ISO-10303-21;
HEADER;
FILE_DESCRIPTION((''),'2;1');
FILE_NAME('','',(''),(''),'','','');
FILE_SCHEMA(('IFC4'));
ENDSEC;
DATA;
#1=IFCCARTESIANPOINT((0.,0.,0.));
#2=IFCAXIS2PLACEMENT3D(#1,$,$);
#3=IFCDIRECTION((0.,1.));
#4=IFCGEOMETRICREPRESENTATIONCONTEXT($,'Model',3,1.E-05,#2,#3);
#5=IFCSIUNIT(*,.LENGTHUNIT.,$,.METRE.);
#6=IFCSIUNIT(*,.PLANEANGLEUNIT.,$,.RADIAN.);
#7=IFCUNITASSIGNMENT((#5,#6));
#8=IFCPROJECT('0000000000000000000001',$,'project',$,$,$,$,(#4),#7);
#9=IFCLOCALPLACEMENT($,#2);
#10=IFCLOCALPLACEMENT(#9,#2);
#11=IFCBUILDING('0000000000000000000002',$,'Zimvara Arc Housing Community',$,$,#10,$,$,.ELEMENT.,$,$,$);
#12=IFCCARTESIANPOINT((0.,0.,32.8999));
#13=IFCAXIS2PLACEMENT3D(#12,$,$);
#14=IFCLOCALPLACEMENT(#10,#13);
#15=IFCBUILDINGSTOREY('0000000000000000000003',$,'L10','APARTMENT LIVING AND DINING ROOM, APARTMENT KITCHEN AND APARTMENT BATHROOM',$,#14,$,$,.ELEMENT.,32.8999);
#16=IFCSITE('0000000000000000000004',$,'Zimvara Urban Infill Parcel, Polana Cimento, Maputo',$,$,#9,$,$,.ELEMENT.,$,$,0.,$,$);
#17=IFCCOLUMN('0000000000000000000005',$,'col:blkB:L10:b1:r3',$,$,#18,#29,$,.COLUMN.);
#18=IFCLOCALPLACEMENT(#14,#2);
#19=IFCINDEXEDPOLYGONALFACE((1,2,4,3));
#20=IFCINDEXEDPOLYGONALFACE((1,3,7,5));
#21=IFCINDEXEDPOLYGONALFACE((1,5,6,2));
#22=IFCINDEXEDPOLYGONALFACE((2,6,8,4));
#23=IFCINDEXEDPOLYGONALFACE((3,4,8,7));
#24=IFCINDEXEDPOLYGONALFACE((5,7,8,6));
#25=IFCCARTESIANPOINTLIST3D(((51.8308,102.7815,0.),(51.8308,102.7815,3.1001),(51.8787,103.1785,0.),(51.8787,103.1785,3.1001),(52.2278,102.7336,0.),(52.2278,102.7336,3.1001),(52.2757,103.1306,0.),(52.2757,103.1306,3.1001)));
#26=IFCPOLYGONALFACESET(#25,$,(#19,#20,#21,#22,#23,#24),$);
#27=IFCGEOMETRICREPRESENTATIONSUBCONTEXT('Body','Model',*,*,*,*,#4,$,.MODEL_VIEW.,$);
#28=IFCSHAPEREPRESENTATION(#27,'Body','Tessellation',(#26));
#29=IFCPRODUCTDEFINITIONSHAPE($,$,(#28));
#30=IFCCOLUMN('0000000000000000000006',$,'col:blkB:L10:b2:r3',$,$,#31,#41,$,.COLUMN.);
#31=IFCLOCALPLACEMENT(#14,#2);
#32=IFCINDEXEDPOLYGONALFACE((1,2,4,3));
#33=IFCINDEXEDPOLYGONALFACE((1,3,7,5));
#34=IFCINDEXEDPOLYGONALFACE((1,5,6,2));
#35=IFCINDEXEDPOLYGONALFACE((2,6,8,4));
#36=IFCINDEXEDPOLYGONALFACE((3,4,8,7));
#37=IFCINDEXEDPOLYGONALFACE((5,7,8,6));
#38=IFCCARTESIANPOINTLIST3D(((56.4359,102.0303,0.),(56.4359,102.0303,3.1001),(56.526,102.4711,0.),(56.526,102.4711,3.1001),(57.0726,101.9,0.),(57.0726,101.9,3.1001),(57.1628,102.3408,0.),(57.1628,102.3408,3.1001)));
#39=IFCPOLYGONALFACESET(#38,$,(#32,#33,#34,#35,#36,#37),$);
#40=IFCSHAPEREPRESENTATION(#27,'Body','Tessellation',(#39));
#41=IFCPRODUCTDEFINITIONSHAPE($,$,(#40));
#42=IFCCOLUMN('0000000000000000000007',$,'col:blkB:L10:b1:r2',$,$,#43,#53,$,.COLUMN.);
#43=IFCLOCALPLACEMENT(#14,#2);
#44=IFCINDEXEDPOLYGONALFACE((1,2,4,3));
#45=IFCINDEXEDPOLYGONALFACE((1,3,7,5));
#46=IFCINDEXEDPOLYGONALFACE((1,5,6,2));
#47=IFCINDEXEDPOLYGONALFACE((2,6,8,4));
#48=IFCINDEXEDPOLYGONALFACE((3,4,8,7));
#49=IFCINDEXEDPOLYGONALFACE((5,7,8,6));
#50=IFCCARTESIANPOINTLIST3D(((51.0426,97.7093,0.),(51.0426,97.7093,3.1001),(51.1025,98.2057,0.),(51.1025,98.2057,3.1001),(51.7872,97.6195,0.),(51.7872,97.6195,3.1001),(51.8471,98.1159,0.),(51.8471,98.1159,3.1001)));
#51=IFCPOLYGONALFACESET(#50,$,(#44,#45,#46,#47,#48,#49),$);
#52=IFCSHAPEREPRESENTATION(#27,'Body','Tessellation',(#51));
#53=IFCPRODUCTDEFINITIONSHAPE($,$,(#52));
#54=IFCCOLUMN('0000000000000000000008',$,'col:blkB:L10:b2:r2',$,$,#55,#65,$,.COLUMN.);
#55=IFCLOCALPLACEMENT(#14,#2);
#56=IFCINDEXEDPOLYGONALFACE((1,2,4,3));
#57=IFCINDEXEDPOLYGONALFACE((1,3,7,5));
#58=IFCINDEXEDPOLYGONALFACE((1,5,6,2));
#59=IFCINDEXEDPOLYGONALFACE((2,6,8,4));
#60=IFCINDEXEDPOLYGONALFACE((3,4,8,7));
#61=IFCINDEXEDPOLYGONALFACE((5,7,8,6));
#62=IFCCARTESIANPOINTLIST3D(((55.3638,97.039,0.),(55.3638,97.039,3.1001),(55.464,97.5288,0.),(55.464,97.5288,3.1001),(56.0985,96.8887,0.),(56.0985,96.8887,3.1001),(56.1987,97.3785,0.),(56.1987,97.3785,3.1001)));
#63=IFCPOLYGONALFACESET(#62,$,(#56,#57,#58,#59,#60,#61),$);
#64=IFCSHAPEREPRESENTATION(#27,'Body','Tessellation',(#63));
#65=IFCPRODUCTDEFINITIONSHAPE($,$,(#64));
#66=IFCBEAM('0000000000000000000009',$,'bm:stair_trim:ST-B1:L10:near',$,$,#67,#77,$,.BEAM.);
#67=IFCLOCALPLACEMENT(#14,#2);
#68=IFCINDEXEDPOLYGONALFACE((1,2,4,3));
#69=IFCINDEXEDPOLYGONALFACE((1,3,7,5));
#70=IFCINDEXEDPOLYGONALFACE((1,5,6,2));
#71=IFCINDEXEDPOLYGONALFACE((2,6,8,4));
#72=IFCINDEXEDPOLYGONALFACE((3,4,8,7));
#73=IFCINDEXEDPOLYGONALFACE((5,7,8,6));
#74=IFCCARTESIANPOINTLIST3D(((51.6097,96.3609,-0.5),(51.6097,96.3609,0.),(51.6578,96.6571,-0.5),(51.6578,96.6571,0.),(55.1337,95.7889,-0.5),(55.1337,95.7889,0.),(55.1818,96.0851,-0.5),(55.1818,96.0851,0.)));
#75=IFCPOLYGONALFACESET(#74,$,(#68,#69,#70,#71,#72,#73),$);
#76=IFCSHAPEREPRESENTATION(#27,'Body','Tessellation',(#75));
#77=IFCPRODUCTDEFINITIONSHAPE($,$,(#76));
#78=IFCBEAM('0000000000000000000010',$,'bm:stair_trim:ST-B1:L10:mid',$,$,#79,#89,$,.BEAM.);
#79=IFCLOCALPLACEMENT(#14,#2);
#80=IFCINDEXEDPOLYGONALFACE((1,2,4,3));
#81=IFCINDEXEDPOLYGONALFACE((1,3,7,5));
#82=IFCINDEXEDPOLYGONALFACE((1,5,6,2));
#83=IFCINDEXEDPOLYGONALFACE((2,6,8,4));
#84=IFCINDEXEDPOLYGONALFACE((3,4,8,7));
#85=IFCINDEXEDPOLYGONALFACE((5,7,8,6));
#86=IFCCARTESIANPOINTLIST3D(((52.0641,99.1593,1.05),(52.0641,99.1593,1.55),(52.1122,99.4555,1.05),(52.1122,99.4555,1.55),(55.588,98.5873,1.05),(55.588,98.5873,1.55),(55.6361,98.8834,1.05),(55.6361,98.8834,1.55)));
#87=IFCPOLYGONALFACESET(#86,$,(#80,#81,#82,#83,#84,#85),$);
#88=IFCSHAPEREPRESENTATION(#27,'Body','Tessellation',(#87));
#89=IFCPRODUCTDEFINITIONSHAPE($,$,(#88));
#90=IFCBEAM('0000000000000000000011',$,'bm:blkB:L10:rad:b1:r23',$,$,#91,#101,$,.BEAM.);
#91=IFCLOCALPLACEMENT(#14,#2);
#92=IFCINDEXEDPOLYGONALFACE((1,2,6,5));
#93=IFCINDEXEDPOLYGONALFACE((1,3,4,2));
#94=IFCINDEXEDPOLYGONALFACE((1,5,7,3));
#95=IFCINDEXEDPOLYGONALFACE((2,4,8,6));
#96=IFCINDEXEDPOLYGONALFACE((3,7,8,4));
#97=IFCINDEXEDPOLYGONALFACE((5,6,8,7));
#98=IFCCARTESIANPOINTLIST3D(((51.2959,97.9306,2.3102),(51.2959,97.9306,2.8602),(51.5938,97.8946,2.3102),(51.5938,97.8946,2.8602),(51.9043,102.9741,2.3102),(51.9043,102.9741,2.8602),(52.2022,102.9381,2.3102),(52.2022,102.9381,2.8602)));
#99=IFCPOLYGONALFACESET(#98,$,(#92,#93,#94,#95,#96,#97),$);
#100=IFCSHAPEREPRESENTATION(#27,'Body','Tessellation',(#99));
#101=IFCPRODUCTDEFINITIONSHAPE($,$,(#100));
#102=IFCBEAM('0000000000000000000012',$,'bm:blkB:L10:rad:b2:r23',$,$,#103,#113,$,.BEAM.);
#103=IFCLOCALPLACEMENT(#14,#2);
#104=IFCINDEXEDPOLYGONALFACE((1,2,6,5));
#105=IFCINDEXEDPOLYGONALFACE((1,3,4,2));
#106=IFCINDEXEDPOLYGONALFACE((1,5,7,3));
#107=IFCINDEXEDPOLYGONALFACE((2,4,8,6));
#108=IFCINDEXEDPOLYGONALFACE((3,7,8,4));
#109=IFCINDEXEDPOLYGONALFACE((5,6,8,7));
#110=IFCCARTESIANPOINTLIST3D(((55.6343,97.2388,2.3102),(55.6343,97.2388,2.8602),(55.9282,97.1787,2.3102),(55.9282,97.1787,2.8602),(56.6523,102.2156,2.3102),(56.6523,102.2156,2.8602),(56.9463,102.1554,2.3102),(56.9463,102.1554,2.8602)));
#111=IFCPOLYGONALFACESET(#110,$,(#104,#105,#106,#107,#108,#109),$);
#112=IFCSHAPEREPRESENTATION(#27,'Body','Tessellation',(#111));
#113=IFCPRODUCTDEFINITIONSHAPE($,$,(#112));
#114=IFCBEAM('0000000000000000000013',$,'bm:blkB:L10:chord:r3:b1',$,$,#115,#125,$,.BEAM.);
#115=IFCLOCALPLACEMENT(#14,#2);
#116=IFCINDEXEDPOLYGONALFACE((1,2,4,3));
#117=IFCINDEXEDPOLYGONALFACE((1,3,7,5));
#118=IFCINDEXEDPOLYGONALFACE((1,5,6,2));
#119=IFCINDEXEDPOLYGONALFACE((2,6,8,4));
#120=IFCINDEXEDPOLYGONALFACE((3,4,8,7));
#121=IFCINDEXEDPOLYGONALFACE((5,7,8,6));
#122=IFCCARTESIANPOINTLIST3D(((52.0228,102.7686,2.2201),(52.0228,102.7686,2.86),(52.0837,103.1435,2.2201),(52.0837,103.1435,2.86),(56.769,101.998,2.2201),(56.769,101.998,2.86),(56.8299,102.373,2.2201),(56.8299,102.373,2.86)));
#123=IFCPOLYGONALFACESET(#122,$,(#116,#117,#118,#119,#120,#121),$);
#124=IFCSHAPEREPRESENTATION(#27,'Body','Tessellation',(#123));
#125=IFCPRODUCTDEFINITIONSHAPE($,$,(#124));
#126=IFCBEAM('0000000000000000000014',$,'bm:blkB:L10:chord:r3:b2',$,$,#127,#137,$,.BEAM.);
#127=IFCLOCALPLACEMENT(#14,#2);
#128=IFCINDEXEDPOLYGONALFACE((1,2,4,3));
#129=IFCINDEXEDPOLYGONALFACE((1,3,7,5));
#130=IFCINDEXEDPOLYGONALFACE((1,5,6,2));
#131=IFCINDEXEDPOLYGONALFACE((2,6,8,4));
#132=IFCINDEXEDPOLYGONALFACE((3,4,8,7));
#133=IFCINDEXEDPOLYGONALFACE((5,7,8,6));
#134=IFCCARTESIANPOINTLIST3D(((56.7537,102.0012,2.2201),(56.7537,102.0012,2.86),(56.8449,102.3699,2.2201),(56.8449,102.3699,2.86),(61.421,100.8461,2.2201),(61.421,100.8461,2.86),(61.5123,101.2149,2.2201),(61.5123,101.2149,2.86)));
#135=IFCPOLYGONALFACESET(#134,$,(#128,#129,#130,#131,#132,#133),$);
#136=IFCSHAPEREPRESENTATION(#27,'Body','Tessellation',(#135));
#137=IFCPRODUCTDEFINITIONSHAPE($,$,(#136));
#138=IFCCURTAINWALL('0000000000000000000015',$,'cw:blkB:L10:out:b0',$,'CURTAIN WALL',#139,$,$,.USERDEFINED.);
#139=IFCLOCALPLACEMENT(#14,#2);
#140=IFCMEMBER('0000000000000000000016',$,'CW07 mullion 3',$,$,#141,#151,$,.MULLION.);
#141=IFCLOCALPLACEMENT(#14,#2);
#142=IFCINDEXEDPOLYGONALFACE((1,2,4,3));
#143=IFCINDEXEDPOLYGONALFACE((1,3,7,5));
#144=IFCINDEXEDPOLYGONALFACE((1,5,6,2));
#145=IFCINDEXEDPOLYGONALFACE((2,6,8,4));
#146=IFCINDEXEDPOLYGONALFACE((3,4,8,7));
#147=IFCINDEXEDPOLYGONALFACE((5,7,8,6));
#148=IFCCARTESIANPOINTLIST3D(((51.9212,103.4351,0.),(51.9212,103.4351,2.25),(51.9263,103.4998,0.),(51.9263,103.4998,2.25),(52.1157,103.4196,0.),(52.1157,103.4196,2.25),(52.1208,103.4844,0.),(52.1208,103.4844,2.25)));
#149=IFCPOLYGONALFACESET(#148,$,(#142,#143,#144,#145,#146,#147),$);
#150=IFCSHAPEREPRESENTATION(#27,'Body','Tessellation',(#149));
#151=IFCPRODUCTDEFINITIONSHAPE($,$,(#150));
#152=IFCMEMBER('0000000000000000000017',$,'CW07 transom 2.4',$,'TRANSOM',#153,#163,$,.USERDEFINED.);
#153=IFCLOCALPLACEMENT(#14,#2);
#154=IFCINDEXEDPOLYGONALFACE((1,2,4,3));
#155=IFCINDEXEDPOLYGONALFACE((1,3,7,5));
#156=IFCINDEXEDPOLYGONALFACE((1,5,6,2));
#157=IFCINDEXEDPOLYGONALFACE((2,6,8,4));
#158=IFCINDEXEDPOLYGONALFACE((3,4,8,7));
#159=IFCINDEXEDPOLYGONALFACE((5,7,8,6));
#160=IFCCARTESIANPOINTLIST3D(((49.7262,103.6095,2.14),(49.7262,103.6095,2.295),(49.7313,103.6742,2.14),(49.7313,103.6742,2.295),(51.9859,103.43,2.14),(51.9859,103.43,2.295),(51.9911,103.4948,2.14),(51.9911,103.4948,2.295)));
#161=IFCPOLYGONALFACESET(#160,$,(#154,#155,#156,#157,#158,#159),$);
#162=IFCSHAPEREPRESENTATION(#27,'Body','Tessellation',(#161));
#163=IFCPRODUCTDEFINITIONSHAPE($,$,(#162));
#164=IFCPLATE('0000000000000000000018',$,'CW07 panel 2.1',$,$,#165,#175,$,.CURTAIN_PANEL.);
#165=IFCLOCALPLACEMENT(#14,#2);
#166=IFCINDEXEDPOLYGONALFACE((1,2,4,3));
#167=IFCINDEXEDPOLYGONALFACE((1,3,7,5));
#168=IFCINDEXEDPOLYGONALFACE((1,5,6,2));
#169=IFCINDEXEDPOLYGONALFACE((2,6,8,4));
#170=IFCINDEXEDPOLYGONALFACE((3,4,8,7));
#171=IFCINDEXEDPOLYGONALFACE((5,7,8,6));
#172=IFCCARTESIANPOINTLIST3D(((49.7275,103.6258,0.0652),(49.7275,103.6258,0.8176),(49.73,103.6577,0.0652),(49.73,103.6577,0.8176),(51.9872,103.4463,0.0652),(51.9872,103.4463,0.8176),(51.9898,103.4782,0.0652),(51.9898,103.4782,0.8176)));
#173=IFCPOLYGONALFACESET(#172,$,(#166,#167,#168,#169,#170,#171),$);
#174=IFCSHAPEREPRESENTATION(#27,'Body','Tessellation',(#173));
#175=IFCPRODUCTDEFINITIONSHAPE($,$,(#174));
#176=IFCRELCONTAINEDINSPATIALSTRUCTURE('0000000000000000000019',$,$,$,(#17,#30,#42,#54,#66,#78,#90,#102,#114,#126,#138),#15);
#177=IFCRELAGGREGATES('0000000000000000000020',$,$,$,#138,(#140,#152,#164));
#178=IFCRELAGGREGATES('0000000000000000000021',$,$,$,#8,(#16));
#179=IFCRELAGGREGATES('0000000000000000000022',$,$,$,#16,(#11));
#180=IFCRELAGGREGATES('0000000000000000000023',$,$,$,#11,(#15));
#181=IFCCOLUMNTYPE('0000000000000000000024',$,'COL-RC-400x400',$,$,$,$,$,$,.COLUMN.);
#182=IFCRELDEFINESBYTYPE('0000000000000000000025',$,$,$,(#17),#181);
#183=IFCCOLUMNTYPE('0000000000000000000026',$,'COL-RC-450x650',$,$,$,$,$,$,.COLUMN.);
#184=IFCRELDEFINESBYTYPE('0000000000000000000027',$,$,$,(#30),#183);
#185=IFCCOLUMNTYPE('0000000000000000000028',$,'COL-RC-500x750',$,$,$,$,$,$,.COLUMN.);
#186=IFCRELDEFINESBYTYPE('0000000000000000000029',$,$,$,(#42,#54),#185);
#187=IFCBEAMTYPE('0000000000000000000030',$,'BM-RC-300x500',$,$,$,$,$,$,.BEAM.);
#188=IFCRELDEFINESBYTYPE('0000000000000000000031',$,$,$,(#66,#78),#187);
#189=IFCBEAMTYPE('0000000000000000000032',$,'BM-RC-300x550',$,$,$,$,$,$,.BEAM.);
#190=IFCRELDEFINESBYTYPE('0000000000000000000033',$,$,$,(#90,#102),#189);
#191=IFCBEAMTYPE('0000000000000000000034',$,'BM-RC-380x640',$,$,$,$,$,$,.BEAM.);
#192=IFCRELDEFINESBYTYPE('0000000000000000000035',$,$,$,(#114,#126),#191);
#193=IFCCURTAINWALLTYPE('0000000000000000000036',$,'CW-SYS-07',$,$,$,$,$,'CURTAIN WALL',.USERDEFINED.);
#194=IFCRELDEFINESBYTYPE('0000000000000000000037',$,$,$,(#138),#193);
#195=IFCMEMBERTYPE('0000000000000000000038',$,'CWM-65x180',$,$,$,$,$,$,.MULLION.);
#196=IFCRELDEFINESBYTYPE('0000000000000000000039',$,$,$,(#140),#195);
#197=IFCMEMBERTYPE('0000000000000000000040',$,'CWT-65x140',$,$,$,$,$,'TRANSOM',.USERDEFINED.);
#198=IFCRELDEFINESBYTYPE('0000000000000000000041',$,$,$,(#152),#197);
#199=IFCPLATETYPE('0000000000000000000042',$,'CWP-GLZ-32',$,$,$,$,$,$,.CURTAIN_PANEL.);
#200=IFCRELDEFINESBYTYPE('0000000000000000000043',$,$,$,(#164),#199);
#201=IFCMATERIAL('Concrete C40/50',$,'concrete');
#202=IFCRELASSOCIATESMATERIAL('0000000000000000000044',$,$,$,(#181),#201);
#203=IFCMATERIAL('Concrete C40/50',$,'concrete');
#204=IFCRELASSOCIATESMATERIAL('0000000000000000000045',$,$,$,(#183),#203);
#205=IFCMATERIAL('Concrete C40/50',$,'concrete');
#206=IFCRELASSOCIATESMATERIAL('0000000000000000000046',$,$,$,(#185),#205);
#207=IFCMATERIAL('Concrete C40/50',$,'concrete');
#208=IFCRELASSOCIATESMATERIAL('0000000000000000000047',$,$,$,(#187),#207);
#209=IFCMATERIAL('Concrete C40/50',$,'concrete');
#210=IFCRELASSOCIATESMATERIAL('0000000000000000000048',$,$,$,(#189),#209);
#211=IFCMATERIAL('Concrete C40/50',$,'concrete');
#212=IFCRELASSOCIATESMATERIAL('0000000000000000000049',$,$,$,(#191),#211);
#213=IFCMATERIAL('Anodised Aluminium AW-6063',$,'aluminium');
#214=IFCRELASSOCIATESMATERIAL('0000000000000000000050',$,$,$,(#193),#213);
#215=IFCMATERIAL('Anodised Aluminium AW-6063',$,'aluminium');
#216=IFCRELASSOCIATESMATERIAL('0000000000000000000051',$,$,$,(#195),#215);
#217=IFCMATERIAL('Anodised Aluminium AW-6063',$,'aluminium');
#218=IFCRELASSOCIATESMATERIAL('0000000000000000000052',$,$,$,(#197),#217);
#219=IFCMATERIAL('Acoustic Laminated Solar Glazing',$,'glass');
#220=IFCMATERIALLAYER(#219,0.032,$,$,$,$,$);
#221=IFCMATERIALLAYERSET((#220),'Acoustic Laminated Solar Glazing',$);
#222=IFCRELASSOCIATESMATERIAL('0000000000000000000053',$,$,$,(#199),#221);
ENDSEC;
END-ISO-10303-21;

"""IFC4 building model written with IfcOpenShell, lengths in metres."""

from ifc_helpers import new_model, si_unit, direction, frame, origin, origin_2d, place, context, subcontext, project, spatial, rectangle, extrude, material, layer, layer_set, material_profile, profile_set, type_object, element, aggregate, save


model = new_model("IFC4")

# Units and contexts
model_context = context("Model", 3, precision=1e-05, world=origin(), true_north=direction((0.0, 1.0)))
body_context = subcontext(model_context, "Body", "Model", "MODEL_VIEW")
ifc_project = project(units=[si_unit("LENGTHUNIT", "METRE"), si_unit("PLANEANGLEUNIT", "RADIAN")], contexts=[model_context])

# Site, building, storey
site_placement = place(None, origin())
site = spatial("IfcSite", under=ifc_project, at=site_placement, Name="Zimvara Urban Infill Parcel, Polana Cimento, Maputo", CompositionType="ELEMENT", RefElevation=0.0)
building_placement = place(site_placement, origin())
building = spatial("IfcBuilding", under=site, at=building_placement, Name="Zimvara Arc Housing Community", CompositionType="ELEMENT")
storey_placement = place(building_placement, frame((0.0, 0.0, 32.8999)))
storey = spatial("IfcBuildingStorey", under=building, at=storey_placement, Name="L10", Description="APARTMENT LIVING AND DINING ROOM, APARTMENT KITCHEN AND APARTMENT BATHROOM", CompositionType="ELEMENT", Elevation=32.8999)

# Columns
ifc_material_1 = material(Name="Concrete C40/50", Category="concrete")
ifc_material_profile_1 = material_profile(ifc_material_1, rectangle(XDim=0.3999, YDim=0.3999, at=origin_2d()), Name="RC 400x400")
ifc_profile_set_1 = profile_set([ifc_material_profile_1], Name="Concrete C40/50")
column_type_1 = type_object("IfcColumnType", Name="COL-RC-400x400", PredefinedType="COLUMN", material=ifc_profile_set_1)
column_1_placement = place(storey_placement, frame((52.0532, 102.9561, 0.0), z_axis=(0.0, 0.0, 1.0), x_axis=(0.11979, 0.992799, 0.0)))
element("IfcColumn", 1, at=column_1_placement, inside=storey, type_object=column_type_1, Name="col:blkB:L10:b1:r3", PredefinedType="COLUMN", context=body_context, shape_type="SweptSolid", body=[
    extrude(rectangle(XDim=0.3999, YDim=0.3999, at=origin_2d()), origin(), (0.0, 0.0, 1.0), 3.1001),
])
ifc_material_2 = material(Name="Concrete C40/50", Category="concrete")
ifc_material_profile_2 = material_profile(ifc_material_2, rectangle(XDim=0.45, YDim=0.6499, at=origin_2d()), Name="RC 450x650")
ifc_profile_set_2 = profile_set([ifc_material_profile_2], Name="Concrete C40/50")
column_type_2 = type_object("IfcColumnType", Name="COL-RC-450x650", PredefinedType="COLUMN", material=ifc_profile_set_2)
column_2_placement = place(storey_placement, frame((56.7993, 102.1855, 0.0), z_axis=(0.0, 0.0, 1.0), x_axis=(0.200394, 0.979715, 0.0)))
element("IfcColumn", 2, at=column_2_placement, inside=storey, type_object=column_type_2, Name="col:blkB:L10:b2:r3", PredefinedType="COLUMN", context=body_context, shape_type="SweptSolid", body=[
    extrude(rectangle(XDim=0.45, YDim=0.6499, at=origin_2d()), origin(), (0.0, 0.0, 1.0), 3.1001),
])
ifc_material_3 = material(Name="Concrete C40/50", Category="concrete")
ifc_material_profile_3 = material_profile(ifc_material_3, rectangle(XDim=0.5, YDim=0.75, at=origin_2d()), Name="RC 500x750")
ifc_profile_set_3 = profile_set([ifc_material_profile_3], Name="Concrete C40/50")
column_type_3 = type_object("IfcColumnType", Name="COL-RC-500x750", PredefinedType="COLUMN", material=ifc_profile_set_3)
for number, where, z_axis, x_axis, name in (
    (3, (51.4448, 97.9126, 0.0), (0.0, 0.0, 1.0), (0.11979, 0.992799, 0.0), "col:blkB:L10:b1:r2"),
    (4, (55.7812, 97.2087, 0.0), (0.0, 0.0, 1.0), (0.200394, 0.979715, 0.0), "col:blkB:L10:b2:r2"),
):
    element("IfcColumn", number, at=place(storey_placement, frame(where, z_axis=z_axis, x_axis=x_axis)), inside=storey, type_object=column_type_3, Name=name, PredefinedType="COLUMN", context=body_context, shape_type="SweptSolid", body=[
        extrude(rectangle(XDim=0.5, YDim=0.75, at=origin_2d()), origin(), (0.0, 0.0, 1.0), 3.1001),
    ])

# Beams
ifc_material_4 = material(Name="Concrete C40/50", Category="concrete")
ifc_material_profile_4 = material_profile(ifc_material_4, rectangle(XDim=0.3, YDim=0.5, at=origin_2d()), Name="RC 300x500")
ifc_profile_set_4 = profile_set([ifc_material_profile_4], Name="Concrete C40/50")
beam_type_1 = type_object("IfcBeamType", Name="BM-RC-300x500", PredefinedType="BEAM", material=ifc_profile_set_4)
for number, where, z_axis, x_axis, name in (
    (5, (55.1577, 95.937, -0.25), (-0.98708, 0.160228, 0.0), (-0.160228, -0.98708, 0.0), "bm:stair_trim:ST-B1:L10:near"),
    (6, (55.6121, 98.7354, 1.3), (-0.98708, 0.160228, 0.0), (-0.160228, -0.98708, 0.0), "bm:stair_trim:ST-B1:L10:mid"),
):
    element("IfcBeam", number, at=place(storey_placement, frame(where, z_axis=z_axis, x_axis=x_axis)), inside=storey, type_object=beam_type_1, Name=name, PredefinedType="BEAM", context=body_context, shape_type="SweptSolid", body=[
        extrude(rectangle(XDim=0.3, YDim=0.5, at=origin_2d()), origin(), (0.0, 0.0, 1.0), 3.5701),
    ])
ifc_material_5 = material(Name="Concrete C40/50", Category="concrete")
ifc_material_profile_5 = material_profile(ifc_material_5, rectangle(XDim=0.3, YDim=0.55, at=origin_2d()), Name="RC 300x550")
ifc_profile_set_5 = profile_set([ifc_material_profile_5], Name="Concrete C40/50")
beam_type_2 = type_object("IfcBeamType", Name="BM-RC-300x550", PredefinedType="BEAM", material=ifc_profile_set_5)
beam_1_placement = place(storey_placement, frame((51.4448, 97.9126, 2.5852), z_axis=(0.119763, 0.992803, 0.0), x_axis=(-0.992803, 0.119763, 0.0)))
element("IfcBeam", 7, at=beam_1_placement, inside=storey, type_object=beam_type_2, Name="bm:blkB:L10:rad:b1:r23", PredefinedType="BEAM", context=body_context, shape_type="SweptSolid", body=[
    extrude(rectangle(XDim=0.3, YDim=0.55, at=origin_2d()), origin(), (0.0, 0.0, 1.0), 5.0801),
])
beam_2_placement = place(storey_placement, frame((55.7812, 97.2087, 2.5852), z_axis=(0.200412, 0.979712, 0.0), x_axis=(-0.979712, 0.200412, 0.0)))
element("IfcBeam", 8, at=beam_2_placement, inside=storey, type_object=beam_type_2, Name="bm:blkB:L10:rad:b2:r23", PredefinedType="BEAM", context=body_context, shape_type="SweptSolid", body=[
    extrude(rectangle(XDim=0.3, YDim=0.55, at=origin_2d()), origin(), (0.0, 0.0, 1.0), 5.0798),
])
ifc_material_6 = material(Name="Concrete C40/50", Category="concrete")
ifc_material_profile_6 = material_profile(ifc_material_6, rectangle(XDim=0.3799, YDim=0.6399, at=origin_2d()), Name="RC 380x640")
ifc_profile_set_6 = profile_set([ifc_material_profile_6], Name="Concrete C40/50")
beam_type_3 = type_object("IfcBeamType", Name="BM-RC-380x640", PredefinedType="BEAM", material=ifc_profile_set_6)
beam_3_placement = place(storey_placement, frame((52.0532, 102.9561, 2.54), z_axis=(0.987077, -0.160248, 0.0), x_axis=(0.160248, 0.987077, 0.0)))
element("IfcBeam", 9, at=beam_3_placement, inside=storey, type_object=beam_type_3, Name="bm:blkB:L10:chord:r3:b1", PredefinedType="BEAM", context=body_context, shape_type="SweptSolid", body=[
    extrude(rectangle(XDim=0.3799, YDim=0.6399, at=origin_2d()), origin(), (0.0, 0.0, 1.0), 4.8083),
])
beam_4_placement = place(storey_placement, frame((56.7993, 102.1855, 2.54), z_axis=(0.970716, -0.240229, 0.0), x_axis=(0.240229, 0.970716, 0.0)))
element("IfcBeam", 10, at=beam_4_placement, inside=storey, type_object=beam_type_3, Name="bm:blkB:L10:chord:r3:b2", PredefinedType="BEAM", context=body_context, shape_type="SweptSolid", body=[
    extrude(rectangle(XDim=0.3799, YDim=0.6399, at=origin_2d()), origin(), (0.0, 0.0, 1.0), 4.8081),
])

# Curtain wall, members, plate
ifc_material_7 = material(Name="Anodised Aluminium AW-6063", Category="aluminium")
curtain_wall_type = type_object("IfcCurtainWallType", Name="CW-SYS-07", ElementType="CURTAIN WALL", PredefinedType="USERDEFINED", material=ifc_material_7)
curtain_wall_placement = place(storey_placement, origin())
curtain_wall = element("IfcCurtainWall", 11, at=curtain_wall_placement, inside=storey, type_object=curtain_wall_type, Name="cw:blkB:L10:out:b0", ObjectType="CURTAIN WALL", PredefinedType="USERDEFINED")
ifc_material_8 = material(Name="Anodised Aluminium AW-6063", Category="aluminium")
ifc_material_profile_7 = material_profile(ifc_material_8, rectangle(XDim=0.0649, YDim=0.1951, at=origin_2d()), Name="ALU 65x195")
ifc_profile_set_7 = profile_set([ifc_material_profile_7], Name="Anodised Aluminium AW-6063")
member_type_1 = type_object("IfcMemberType", Name="CWM-65x180", PredefinedType="MULLION", material=ifc_profile_set_7)
member_1_placement = place(storey_placement, frame((52.021, 103.4597, 0.0), z_axis=(0.0, 0.0, 1.0), x_axis=(0.079154, 0.996862, 0.0)))
member_1 = element("IfcMember", 12, at=member_1_placement, type_object=member_type_1, Name="CW07 mullion 3", PredefinedType="MULLION", context=body_context, shape_type="SweptSolid", body=[
    extrude(rectangle(XDim=0.0649, YDim=0.1951, at=origin_2d()), origin(), (0.0, 0.0, 1.0), 2.25),
])
ifc_material_9 = material(Name="Anodised Aluminium AW-6063", Category="aluminium")
ifc_material_profile_8 = material_profile(ifc_material_9, rectangle(XDim=0.0649, YDim=0.155, at=origin_2d()), Name="ALU 65x155")
ifc_profile_set_8 = profile_set([ifc_material_profile_8], Name="Anodised Aluminium AW-6063")
member_type_2 = type_object("IfcMemberType", Name="CWT-65x140", ElementType="TRANSOM", PredefinedType="USERDEFINED", material=ifc_profile_set_8)
member_2_placement = place(storey_placement, frame((49.7288, 103.6418, 2.2175), z_axis=(0.996862, -0.079159, 0.0), x_axis=(0.079159, 0.996862, 0.0)))
member_2 = element("IfcMember", 13, at=member_2_placement, type_object=member_type_2, Name="CW07 transom 2.4", ObjectType="TRANSOM", PredefinedType="USERDEFINED", context=body_context, shape_type="SweptSolid", body=[
    extrude(rectangle(XDim=0.0649, YDim=0.155, at=origin_2d()), origin(), (0.0, 0.0, 1.0), 2.2668),
])
ifc_material_10 = material(Name="Acoustic Laminated Solar Glazing", Category="glass")
ifc_layer_1 = layer(ifc_material_10, 0.032)
ifc_layer_set_1 = layer_set([ifc_layer_1], Name="Acoustic Laminated Solar Glazing")
plate_type = type_object("IfcPlateType", Name="CWP-GLZ-32", PredefinedType="CURTAIN_PANEL", material=ifc_layer_set_1)
plate_1_placement = place(storey_placement, frame((50.8586, 103.552, 0.0652), z_axis=(0.0, 0.0, 1.0), x_axis=(0.996862, -0.079154, 0.0)))
plate_1 = element("IfcPlate", 14, at=plate_1_placement, type_object=plate_type, Name="CW07 panel 2.1", PredefinedType="CURTAIN_PANEL", context=body_context, shape_type="SweptSolid", body=[
    extrude(rectangle(XDim=2.2668, YDim=0.032, at=origin_2d()), origin(), (0.0, 0.0, 1.0), 0.7524),
])
aggregate(curtain_wall, [member_1, member_2, plate_1])

save(model, "model.ifc")
